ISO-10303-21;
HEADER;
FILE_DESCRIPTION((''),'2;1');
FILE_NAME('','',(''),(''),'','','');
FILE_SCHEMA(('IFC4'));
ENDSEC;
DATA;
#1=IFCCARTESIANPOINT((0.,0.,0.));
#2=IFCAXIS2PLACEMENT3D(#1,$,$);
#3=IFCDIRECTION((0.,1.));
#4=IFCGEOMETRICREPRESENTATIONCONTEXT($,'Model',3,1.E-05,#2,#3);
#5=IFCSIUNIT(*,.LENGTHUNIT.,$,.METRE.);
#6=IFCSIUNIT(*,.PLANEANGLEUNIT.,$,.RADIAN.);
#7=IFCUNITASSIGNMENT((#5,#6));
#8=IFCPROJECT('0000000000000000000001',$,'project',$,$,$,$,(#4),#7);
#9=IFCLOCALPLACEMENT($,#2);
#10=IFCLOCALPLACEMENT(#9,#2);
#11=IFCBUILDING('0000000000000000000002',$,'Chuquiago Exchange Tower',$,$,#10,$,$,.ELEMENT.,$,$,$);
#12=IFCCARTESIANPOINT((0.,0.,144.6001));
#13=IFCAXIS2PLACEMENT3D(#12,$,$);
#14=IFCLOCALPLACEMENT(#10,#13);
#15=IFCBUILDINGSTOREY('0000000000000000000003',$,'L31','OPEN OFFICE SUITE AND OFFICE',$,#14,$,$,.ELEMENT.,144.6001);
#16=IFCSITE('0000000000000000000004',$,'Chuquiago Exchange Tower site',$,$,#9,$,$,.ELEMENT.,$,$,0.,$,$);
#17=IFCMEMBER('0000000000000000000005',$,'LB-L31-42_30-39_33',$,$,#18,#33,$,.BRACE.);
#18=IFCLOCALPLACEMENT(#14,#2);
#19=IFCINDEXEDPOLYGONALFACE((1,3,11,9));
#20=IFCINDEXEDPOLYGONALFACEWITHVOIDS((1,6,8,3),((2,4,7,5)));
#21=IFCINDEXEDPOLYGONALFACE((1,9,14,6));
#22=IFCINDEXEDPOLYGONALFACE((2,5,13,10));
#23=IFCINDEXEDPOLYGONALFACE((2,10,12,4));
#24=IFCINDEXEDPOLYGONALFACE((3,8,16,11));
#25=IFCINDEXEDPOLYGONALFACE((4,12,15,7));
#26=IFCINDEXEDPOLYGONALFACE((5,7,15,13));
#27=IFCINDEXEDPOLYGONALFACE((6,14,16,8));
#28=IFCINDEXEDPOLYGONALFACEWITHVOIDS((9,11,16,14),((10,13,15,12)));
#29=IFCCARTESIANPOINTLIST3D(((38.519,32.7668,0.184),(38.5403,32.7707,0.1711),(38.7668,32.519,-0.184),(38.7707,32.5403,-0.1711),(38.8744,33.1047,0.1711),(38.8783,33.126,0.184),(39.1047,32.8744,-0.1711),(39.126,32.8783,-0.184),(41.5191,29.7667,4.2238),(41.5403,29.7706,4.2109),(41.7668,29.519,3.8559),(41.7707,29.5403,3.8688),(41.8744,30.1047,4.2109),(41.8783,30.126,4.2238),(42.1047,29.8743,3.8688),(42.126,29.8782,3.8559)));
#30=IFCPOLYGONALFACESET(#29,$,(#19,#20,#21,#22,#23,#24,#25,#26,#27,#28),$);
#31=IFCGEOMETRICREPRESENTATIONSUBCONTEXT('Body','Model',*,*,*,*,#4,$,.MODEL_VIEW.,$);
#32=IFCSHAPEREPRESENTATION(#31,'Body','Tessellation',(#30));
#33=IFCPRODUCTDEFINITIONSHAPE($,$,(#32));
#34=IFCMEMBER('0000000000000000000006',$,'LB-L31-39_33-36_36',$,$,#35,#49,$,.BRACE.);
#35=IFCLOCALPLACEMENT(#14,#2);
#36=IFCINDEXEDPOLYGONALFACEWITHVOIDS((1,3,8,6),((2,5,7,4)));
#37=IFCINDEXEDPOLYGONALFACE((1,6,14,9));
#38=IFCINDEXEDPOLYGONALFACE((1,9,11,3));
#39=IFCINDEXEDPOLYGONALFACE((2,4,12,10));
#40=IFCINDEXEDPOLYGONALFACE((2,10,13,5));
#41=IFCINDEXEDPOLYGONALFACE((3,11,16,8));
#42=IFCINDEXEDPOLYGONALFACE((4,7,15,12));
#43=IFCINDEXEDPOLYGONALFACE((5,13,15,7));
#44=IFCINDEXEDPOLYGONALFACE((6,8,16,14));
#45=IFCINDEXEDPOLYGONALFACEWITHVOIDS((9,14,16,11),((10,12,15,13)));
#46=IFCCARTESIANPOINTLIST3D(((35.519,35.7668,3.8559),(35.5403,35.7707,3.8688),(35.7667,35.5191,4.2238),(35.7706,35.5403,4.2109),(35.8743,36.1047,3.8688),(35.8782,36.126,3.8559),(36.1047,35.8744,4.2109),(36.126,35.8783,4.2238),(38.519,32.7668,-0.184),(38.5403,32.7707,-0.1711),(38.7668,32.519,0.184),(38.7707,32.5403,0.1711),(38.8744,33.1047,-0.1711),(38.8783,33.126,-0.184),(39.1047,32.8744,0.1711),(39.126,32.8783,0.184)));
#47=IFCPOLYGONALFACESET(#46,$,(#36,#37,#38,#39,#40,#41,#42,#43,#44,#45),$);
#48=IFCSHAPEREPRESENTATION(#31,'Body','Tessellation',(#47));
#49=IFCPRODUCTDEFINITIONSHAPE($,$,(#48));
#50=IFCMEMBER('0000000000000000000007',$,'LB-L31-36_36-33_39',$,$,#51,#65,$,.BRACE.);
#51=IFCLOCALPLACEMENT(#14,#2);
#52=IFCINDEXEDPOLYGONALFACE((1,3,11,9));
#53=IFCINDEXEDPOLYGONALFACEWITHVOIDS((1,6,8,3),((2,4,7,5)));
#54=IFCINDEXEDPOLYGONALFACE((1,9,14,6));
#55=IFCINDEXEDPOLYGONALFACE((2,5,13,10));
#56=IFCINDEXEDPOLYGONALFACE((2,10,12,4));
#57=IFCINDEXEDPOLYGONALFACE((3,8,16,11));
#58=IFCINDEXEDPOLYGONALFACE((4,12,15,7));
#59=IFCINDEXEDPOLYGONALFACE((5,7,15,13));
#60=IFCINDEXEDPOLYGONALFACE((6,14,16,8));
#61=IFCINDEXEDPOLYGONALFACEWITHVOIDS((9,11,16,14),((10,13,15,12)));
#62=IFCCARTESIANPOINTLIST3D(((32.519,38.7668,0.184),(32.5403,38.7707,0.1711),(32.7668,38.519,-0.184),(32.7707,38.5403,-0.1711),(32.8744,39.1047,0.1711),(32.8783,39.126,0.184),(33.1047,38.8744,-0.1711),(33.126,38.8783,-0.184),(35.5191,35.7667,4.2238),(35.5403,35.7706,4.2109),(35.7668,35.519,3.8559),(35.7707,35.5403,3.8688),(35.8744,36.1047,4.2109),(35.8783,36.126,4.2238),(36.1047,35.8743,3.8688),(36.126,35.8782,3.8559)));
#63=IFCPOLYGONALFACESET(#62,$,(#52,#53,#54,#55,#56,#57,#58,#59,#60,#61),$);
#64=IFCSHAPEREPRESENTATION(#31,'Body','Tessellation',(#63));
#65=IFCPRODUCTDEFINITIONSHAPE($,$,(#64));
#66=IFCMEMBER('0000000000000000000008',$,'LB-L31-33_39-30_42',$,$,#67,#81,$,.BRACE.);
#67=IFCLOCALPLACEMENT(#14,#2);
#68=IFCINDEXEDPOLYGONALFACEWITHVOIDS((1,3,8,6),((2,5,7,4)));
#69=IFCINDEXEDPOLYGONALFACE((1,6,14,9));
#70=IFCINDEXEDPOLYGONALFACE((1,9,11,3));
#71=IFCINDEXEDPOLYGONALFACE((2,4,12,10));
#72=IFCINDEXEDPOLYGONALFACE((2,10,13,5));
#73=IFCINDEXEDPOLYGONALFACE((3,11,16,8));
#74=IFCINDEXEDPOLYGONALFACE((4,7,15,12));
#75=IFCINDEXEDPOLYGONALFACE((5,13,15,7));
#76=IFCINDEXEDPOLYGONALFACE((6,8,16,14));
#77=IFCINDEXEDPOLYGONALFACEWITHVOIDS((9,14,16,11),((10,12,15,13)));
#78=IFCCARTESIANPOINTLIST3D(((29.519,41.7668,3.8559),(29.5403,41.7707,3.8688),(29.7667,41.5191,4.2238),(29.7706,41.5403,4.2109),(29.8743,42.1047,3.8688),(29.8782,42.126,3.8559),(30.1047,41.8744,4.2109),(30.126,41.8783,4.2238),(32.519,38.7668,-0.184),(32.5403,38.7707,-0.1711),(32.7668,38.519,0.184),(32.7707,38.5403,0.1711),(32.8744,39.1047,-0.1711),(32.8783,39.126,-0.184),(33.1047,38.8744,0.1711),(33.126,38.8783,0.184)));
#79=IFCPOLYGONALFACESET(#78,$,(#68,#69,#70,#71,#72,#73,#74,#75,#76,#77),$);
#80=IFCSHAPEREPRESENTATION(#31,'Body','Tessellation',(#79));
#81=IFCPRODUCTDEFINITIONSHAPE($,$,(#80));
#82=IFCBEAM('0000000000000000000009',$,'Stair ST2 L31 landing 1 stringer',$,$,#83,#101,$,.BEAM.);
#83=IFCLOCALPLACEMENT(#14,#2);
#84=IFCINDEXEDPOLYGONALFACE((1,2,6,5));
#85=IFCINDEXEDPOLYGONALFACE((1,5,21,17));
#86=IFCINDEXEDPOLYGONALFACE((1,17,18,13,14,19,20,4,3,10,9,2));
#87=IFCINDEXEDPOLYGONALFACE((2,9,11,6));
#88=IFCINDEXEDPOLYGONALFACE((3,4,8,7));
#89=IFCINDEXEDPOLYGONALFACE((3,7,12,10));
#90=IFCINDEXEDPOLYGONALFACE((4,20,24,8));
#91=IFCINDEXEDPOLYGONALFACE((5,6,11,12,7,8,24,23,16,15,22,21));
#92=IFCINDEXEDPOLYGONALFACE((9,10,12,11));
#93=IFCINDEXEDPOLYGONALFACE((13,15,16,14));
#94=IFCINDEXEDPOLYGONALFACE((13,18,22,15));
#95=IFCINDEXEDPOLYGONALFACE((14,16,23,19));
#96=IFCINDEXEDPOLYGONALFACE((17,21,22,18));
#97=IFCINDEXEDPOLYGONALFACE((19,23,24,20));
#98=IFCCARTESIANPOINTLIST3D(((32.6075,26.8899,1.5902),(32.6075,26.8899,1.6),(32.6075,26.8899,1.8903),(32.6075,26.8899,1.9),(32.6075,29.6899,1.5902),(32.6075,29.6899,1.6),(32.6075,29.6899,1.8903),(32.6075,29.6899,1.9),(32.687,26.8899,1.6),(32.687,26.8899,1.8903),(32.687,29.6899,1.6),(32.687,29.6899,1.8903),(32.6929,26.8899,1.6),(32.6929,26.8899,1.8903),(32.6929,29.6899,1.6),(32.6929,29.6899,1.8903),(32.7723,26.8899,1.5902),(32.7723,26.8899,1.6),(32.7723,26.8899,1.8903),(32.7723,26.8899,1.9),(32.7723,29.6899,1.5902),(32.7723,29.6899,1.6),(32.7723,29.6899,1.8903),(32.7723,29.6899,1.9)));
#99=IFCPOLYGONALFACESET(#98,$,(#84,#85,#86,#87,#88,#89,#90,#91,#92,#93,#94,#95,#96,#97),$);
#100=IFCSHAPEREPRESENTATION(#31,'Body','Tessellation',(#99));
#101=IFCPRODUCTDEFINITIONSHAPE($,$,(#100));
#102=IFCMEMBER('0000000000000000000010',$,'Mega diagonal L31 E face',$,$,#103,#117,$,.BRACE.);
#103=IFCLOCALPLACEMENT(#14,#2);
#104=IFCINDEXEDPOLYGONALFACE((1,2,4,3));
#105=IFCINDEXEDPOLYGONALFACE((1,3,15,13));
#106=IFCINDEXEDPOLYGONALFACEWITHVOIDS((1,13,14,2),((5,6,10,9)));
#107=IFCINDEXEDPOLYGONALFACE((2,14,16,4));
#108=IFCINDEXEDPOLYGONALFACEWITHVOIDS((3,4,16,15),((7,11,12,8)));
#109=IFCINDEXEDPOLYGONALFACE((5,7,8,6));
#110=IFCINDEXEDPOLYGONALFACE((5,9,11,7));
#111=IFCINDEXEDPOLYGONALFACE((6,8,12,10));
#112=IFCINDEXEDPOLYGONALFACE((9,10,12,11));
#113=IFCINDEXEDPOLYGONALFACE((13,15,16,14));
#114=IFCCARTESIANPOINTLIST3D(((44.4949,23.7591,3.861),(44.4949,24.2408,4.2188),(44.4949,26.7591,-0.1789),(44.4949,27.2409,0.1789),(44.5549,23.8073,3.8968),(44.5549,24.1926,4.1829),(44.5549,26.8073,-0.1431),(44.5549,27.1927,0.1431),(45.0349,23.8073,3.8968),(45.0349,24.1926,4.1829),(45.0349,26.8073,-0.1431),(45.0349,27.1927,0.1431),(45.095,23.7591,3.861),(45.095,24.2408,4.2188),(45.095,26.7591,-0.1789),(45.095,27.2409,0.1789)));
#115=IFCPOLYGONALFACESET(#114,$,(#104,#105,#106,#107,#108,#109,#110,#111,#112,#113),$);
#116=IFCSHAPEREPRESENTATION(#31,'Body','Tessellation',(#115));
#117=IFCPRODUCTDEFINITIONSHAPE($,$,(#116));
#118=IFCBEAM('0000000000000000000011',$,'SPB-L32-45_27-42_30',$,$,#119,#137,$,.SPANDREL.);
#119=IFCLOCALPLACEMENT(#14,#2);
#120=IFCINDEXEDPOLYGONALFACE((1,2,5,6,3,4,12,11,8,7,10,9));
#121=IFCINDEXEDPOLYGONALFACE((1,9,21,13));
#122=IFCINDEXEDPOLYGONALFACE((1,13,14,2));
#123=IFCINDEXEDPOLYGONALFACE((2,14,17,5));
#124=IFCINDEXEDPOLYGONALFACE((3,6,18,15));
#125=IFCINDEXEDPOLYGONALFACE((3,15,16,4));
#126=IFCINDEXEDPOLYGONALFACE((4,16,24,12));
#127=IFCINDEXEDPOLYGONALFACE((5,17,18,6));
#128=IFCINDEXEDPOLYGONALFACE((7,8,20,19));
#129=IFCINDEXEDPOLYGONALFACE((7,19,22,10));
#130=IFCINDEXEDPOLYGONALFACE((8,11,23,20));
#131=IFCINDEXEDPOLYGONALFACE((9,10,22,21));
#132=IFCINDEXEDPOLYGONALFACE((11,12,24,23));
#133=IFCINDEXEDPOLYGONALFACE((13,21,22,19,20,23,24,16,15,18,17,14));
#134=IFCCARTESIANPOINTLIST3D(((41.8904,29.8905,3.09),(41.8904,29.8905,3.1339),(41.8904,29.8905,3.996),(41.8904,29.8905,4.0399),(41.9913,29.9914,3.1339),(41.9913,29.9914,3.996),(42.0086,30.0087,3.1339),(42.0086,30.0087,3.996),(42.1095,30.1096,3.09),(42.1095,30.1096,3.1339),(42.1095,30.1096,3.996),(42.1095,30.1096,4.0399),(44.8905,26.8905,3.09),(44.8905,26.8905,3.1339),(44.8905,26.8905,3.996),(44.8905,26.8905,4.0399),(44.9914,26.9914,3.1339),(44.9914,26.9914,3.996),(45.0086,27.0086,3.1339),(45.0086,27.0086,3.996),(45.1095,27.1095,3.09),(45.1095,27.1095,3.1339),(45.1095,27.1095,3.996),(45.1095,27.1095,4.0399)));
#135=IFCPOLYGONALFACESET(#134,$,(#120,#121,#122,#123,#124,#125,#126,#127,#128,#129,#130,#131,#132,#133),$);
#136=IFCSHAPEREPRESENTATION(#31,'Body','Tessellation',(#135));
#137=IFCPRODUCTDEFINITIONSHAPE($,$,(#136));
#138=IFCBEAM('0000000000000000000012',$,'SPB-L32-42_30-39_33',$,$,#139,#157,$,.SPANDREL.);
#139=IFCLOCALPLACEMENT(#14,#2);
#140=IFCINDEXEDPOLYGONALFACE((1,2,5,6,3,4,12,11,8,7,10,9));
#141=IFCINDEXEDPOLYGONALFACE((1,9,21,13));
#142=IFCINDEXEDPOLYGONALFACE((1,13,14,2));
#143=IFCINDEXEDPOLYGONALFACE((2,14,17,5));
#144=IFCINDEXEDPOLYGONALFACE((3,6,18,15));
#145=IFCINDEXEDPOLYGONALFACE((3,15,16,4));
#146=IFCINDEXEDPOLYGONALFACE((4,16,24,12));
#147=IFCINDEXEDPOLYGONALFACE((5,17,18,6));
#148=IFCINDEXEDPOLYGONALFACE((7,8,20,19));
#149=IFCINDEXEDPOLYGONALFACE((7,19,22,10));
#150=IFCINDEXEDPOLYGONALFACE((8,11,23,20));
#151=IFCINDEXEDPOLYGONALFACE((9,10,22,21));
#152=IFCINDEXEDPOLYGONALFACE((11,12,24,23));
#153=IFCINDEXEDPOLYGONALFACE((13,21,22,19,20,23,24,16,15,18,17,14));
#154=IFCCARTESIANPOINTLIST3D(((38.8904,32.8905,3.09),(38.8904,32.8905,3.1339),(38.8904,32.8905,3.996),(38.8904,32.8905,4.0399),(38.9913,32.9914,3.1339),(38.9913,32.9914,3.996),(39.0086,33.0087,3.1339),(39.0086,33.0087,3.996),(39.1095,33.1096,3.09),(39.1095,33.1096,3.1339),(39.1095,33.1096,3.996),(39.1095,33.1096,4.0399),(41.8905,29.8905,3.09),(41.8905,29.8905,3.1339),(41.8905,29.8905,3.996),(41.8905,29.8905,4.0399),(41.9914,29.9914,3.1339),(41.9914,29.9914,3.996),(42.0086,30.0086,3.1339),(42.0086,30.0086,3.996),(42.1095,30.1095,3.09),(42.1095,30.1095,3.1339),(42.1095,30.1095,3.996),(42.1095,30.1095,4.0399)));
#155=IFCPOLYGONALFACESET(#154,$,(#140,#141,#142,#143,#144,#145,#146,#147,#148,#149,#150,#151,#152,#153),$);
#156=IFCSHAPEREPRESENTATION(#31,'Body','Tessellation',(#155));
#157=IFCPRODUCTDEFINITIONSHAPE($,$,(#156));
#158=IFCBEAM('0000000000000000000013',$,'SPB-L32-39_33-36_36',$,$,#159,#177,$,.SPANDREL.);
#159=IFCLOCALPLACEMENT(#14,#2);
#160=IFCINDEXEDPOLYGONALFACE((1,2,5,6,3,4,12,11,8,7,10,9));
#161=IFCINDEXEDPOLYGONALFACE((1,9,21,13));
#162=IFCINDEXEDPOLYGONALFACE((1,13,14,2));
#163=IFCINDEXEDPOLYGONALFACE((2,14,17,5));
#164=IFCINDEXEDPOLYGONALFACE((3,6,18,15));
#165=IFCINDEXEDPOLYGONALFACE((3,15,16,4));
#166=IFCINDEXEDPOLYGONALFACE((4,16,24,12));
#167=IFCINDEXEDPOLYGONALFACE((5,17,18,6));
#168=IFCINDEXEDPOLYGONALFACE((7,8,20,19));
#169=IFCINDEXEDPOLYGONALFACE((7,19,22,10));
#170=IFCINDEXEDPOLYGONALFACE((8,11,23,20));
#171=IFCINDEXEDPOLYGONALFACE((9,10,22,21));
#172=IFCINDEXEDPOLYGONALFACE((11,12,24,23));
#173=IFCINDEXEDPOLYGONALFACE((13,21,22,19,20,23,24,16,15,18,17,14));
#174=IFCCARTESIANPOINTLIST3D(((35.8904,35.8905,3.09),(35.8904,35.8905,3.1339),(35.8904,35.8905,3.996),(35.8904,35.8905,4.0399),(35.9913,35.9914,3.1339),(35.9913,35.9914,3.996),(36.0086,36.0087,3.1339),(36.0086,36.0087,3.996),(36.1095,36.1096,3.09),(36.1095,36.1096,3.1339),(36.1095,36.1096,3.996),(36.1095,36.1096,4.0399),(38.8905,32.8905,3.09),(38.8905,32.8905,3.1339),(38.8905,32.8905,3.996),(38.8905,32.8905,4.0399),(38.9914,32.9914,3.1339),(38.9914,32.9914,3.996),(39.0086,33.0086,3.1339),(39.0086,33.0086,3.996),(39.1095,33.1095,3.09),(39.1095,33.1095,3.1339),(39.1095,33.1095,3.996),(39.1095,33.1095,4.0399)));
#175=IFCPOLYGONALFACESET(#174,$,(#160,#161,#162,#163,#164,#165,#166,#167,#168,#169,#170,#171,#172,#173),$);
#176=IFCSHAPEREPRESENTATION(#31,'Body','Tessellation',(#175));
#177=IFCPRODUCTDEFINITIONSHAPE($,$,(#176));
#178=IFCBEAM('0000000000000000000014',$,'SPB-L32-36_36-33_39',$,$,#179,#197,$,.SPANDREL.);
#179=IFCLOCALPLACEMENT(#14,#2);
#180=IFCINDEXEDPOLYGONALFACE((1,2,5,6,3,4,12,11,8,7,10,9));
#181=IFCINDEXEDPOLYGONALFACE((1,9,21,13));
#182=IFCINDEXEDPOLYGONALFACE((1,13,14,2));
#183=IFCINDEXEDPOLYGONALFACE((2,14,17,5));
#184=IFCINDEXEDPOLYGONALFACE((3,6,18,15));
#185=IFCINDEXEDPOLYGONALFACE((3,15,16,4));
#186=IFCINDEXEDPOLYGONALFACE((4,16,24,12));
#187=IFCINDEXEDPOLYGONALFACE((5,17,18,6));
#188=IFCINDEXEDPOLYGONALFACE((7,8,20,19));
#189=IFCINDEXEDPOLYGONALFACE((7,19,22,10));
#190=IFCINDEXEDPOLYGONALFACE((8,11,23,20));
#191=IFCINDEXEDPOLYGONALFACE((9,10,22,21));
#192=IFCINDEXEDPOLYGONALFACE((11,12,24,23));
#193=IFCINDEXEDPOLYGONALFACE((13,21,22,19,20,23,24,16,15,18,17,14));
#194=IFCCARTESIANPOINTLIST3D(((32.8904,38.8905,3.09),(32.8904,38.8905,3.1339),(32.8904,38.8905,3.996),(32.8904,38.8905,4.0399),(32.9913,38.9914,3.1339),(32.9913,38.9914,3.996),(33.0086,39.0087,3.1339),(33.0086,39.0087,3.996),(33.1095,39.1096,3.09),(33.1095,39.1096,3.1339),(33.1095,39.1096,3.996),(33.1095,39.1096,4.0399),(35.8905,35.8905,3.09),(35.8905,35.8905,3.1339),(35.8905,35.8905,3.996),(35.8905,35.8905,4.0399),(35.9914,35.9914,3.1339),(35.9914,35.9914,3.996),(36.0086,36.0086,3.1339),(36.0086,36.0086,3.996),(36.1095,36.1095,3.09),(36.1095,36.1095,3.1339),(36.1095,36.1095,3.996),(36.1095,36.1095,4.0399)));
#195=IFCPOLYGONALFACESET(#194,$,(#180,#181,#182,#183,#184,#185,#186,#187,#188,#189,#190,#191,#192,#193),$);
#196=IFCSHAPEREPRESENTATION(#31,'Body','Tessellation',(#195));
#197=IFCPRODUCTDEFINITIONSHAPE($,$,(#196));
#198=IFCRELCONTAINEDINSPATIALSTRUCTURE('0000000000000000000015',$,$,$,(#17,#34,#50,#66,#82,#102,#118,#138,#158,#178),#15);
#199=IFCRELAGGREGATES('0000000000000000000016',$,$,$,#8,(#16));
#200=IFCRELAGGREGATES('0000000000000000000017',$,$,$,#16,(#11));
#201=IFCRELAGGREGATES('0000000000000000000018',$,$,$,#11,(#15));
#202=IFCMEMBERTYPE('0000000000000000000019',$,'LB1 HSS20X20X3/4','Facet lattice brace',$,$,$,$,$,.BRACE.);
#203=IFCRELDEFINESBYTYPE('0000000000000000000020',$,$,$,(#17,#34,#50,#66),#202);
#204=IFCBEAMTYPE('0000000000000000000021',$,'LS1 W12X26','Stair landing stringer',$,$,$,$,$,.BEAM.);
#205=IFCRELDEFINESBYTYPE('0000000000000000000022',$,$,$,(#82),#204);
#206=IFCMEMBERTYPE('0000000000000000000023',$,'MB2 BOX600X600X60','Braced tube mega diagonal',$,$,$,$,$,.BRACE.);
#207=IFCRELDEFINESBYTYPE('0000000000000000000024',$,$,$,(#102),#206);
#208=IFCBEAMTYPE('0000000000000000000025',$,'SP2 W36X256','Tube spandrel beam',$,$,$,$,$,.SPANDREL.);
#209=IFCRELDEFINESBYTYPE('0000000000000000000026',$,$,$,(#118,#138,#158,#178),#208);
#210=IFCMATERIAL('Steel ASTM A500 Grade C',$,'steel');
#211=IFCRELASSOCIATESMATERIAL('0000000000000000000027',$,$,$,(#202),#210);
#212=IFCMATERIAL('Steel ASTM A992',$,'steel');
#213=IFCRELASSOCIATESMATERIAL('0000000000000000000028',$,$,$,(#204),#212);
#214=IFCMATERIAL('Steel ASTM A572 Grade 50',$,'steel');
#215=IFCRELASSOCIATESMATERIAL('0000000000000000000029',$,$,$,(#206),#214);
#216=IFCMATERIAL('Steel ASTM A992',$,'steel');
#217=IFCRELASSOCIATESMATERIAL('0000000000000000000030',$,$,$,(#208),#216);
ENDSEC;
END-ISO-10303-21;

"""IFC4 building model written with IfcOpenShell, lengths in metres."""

from ifc_helpers import new_model, si_unit, direction, frame, origin, origin_2d, place, context, subcontext, project, spatial, hollow_rectangle, i_section, extrude, material, material_profile, profile_set, type_object, element, save


model = new_model("IFC4")

# Units and contexts
model_context = context("Model", 3, precision=1e-05, world=origin(), true_north=direction((0.0, 1.0)))
body_context = subcontext(model_context, "Body", "Model", "MODEL_VIEW")
ifc_project = project(units=[si_unit("LENGTHUNIT", "METRE"), si_unit("PLANEANGLEUNIT", "RADIAN")], contexts=[model_context])

# Site, building, storey
site_placement = place(None, origin())
site = spatial("IfcSite", under=ifc_project, at=site_placement, Name="Chuquiago Exchange Tower site", CompositionType="ELEMENT", RefElevation=0.0)
building_placement = place(site_placement, origin())
building = spatial("IfcBuilding", under=site, at=building_placement, Name="Chuquiago Exchange Tower", CompositionType="ELEMENT")
storey_placement = place(building_placement, frame((0.0, 0.0, 144.6001)))
storey = spatial("IfcBuildingStorey", under=building, at=storey_placement, Name="L31", Description="OPEN OFFICE SUITE AND OFFICE", CompositionType="ELEMENT", Elevation=144.6001)

# Members
ifc_material_1 = material(Name="Steel ASTM A500 Grade C", Category="steel")
ifc_material_profile_1 = material_profile(ifc_material_1, hollow_rectangle(XDim=0.5081, YDim=0.5081, WallThickness=0.0178, at=origin_2d()), Name="HSS20X20X3/4")
ifc_profile_set_1 = profile_set([ifc_material_profile_1], Name="Steel ASTM A500 Grade C")
member_type_1 = type_object("IfcMemberType", Name="LB1 HSS20X20X3/4", Description="Facet lattice brace", PredefinedType="BRACE", material=ifc_profile_set_1)
for number, where, z_axis, x_axis, name in (
    (1, (38.8225, 32.8225, 0.0), (0.512092, -0.512092, 0.689582), (0.707107, 0.707107, 0.0), "LB-L31-42_30-39_33"),
    (2, (38.8225, 32.8225, 0.0), (-0.512092, 0.512092, 0.689582), (-0.707107, -0.707107, 0.0), "LB-L31-39_33-36_36"),
    (3, (32.8225, 38.8225, 0.0), (0.512092, -0.512092, 0.689582), (0.707107, 0.707107, 0.0), "LB-L31-36_36-33_39"),
    (4, (32.8225, 38.8225, 0.0), (-0.512092, 0.512092, 0.689582), (-0.707107, -0.707107, 0.0), "LB-L31-33_39-30_42"),
):
    element("IfcMember", number, at=place(storey_placement, frame(where, z_axis=z_axis, x_axis=x_axis)), inside=storey, type_object=member_type_1, Name=name, PredefinedType="BRACE", context=body_context, shape_type="SweptSolid", body=[
        extrude(hollow_rectangle(XDim=0.5081, YDim=0.5081, WallThickness=0.0178, at=origin_2d()), origin(), (0.0, 0.0, 1.0), 5.8584),
    ])

# Beam
ifc_material_2 = material(Name="Steel ASTM A992", Category="steel")
ifc_material_profile_2 = material_profile(ifc_material_2, i_section(OverallWidth=0.1648, OverallDepth=0.3098, WebThickness=0.0059, FlangeThickness=0.0098, at=origin_2d()), Name="W12X26")
ifc_profile_set_2 = profile_set([ifc_material_profile_2], Name="Steel ASTM A992")
beam_type_1 = type_object("IfcBeamType", Name="LS1 W12X26", Description="Stair landing stringer", PredefinedType="BEAM", material=ifc_profile_set_2)
beam_1_placement = place(storey_placement, frame((32.6899, 26.8899, 1.7451), z_axis=(0.0, 1.0, 0.0), x_axis=(-1.0, 0.0, 0.0)))
element("IfcBeam", 5, at=beam_1_placement, inside=storey, type_object=beam_type_1, Name="Stair ST2 L31 landing 1 stringer", PredefinedType="BEAM", context=body_context, shape_type="SweptSolid", body=[
    extrude(i_section(OverallWidth=0.1648, OverallDepth=0.3098, WebThickness=0.0059, FlangeThickness=0.0098, at=origin_2d()), origin(), (0.0, 0.0, 1.0), 2.8),
])

# Member
ifc_material_3 = material(Name="Steel ASTM A572 Grade 50", Category="steel")
ifc_material_profile_3 = material_profile(ifc_material_3, hollow_rectangle(XDim=0.6001, YDim=0.6001, WallThickness=0.0601, at=origin_2d()), Name="BOX600X600X60")
ifc_profile_set_3 = profile_set([ifc_material_profile_3], Name="Steel ASTM A572 Grade 50")
member_type_2 = type_object("IfcMemberType", Name="MB2 BOX600X600X60", Description="Braced tube mega diagonal", PredefinedType="BRACE", material=ifc_profile_set_3)
member_1_placement = place(storey_placement, frame((44.7949, 27.0, 0.0), z_axis=(0.0, -0.596197, 0.802838), x_axis=(1.0, 0.0, 0.0)))
element("IfcMember", 6, at=member_1_placement, inside=storey, type_object=member_type_2, Name="Mega diagonal L31 E face", PredefinedType="BRACE", context=body_context, shape_type="SweptSolid", body=[
    extrude(hollow_rectangle(XDim=0.6001, YDim=0.6001, WallThickness=0.0601, at=origin_2d()), origin(), (0.0, 0.0, 1.0), 5.032),
])

# Beams
ifc_material_4 = material(Name="Steel ASTM A992", Category="steel")
ifc_material_profile_4 = material_profile(ifc_material_4, i_section(OverallWidth=0.3098, OverallDepth=0.95, WebThickness=0.0244, FlangeThickness=0.0439, at=origin_2d()), Name="W36X256")
ifc_profile_set_4 = profile_set([ifc_material_profile_4], Name="Steel ASTM A992")
beam_type_2 = type_object("IfcBeamType", Name="SP2 W36X256", Description="Tube spandrel beam", PredefinedType="SPANDREL", material=ifc_profile_set_4)
for number, where, z_axis, x_axis, name in (
    (7, (45.0, 27.0, 3.5649), (-0.707107, 0.707107, 0.0), (-0.707107, -0.707107, 0.0), "SPB-L32-45_27-42_30"),
    (8, (42.0, 30.0, 3.5649), (-0.707107, 0.707107, 0.0), (-0.707107, -0.707107, 0.0), "SPB-L32-42_30-39_33"),
    (9, (39.0, 33.0, 3.5649), (-0.707107, 0.707107, 0.0), (-0.707107, -0.707107, 0.0), "SPB-L32-39_33-36_36"),
    (10, (36.0, 36.0, 3.5649), (-0.707107, 0.707107, 0.0), (-0.707107, -0.707107, 0.0), "SPB-L32-36_36-33_39"),
):
    element("IfcBeam", number, at=place(storey_placement, frame(where, z_axis=z_axis, x_axis=x_axis)), inside=storey, type_object=beam_type_2, Name=name, PredefinedType="SPANDREL", context=body_context, shape_type="SweptSolid", body=[
        extrude(i_section(OverallWidth=0.3098, OverallDepth=0.95, WebThickness=0.0244, FlangeThickness=0.0439, at=origin_2d()), origin(), (0.0, 0.0, 1.0), 4.2427),
    ])

save(model, "model.ifc")
